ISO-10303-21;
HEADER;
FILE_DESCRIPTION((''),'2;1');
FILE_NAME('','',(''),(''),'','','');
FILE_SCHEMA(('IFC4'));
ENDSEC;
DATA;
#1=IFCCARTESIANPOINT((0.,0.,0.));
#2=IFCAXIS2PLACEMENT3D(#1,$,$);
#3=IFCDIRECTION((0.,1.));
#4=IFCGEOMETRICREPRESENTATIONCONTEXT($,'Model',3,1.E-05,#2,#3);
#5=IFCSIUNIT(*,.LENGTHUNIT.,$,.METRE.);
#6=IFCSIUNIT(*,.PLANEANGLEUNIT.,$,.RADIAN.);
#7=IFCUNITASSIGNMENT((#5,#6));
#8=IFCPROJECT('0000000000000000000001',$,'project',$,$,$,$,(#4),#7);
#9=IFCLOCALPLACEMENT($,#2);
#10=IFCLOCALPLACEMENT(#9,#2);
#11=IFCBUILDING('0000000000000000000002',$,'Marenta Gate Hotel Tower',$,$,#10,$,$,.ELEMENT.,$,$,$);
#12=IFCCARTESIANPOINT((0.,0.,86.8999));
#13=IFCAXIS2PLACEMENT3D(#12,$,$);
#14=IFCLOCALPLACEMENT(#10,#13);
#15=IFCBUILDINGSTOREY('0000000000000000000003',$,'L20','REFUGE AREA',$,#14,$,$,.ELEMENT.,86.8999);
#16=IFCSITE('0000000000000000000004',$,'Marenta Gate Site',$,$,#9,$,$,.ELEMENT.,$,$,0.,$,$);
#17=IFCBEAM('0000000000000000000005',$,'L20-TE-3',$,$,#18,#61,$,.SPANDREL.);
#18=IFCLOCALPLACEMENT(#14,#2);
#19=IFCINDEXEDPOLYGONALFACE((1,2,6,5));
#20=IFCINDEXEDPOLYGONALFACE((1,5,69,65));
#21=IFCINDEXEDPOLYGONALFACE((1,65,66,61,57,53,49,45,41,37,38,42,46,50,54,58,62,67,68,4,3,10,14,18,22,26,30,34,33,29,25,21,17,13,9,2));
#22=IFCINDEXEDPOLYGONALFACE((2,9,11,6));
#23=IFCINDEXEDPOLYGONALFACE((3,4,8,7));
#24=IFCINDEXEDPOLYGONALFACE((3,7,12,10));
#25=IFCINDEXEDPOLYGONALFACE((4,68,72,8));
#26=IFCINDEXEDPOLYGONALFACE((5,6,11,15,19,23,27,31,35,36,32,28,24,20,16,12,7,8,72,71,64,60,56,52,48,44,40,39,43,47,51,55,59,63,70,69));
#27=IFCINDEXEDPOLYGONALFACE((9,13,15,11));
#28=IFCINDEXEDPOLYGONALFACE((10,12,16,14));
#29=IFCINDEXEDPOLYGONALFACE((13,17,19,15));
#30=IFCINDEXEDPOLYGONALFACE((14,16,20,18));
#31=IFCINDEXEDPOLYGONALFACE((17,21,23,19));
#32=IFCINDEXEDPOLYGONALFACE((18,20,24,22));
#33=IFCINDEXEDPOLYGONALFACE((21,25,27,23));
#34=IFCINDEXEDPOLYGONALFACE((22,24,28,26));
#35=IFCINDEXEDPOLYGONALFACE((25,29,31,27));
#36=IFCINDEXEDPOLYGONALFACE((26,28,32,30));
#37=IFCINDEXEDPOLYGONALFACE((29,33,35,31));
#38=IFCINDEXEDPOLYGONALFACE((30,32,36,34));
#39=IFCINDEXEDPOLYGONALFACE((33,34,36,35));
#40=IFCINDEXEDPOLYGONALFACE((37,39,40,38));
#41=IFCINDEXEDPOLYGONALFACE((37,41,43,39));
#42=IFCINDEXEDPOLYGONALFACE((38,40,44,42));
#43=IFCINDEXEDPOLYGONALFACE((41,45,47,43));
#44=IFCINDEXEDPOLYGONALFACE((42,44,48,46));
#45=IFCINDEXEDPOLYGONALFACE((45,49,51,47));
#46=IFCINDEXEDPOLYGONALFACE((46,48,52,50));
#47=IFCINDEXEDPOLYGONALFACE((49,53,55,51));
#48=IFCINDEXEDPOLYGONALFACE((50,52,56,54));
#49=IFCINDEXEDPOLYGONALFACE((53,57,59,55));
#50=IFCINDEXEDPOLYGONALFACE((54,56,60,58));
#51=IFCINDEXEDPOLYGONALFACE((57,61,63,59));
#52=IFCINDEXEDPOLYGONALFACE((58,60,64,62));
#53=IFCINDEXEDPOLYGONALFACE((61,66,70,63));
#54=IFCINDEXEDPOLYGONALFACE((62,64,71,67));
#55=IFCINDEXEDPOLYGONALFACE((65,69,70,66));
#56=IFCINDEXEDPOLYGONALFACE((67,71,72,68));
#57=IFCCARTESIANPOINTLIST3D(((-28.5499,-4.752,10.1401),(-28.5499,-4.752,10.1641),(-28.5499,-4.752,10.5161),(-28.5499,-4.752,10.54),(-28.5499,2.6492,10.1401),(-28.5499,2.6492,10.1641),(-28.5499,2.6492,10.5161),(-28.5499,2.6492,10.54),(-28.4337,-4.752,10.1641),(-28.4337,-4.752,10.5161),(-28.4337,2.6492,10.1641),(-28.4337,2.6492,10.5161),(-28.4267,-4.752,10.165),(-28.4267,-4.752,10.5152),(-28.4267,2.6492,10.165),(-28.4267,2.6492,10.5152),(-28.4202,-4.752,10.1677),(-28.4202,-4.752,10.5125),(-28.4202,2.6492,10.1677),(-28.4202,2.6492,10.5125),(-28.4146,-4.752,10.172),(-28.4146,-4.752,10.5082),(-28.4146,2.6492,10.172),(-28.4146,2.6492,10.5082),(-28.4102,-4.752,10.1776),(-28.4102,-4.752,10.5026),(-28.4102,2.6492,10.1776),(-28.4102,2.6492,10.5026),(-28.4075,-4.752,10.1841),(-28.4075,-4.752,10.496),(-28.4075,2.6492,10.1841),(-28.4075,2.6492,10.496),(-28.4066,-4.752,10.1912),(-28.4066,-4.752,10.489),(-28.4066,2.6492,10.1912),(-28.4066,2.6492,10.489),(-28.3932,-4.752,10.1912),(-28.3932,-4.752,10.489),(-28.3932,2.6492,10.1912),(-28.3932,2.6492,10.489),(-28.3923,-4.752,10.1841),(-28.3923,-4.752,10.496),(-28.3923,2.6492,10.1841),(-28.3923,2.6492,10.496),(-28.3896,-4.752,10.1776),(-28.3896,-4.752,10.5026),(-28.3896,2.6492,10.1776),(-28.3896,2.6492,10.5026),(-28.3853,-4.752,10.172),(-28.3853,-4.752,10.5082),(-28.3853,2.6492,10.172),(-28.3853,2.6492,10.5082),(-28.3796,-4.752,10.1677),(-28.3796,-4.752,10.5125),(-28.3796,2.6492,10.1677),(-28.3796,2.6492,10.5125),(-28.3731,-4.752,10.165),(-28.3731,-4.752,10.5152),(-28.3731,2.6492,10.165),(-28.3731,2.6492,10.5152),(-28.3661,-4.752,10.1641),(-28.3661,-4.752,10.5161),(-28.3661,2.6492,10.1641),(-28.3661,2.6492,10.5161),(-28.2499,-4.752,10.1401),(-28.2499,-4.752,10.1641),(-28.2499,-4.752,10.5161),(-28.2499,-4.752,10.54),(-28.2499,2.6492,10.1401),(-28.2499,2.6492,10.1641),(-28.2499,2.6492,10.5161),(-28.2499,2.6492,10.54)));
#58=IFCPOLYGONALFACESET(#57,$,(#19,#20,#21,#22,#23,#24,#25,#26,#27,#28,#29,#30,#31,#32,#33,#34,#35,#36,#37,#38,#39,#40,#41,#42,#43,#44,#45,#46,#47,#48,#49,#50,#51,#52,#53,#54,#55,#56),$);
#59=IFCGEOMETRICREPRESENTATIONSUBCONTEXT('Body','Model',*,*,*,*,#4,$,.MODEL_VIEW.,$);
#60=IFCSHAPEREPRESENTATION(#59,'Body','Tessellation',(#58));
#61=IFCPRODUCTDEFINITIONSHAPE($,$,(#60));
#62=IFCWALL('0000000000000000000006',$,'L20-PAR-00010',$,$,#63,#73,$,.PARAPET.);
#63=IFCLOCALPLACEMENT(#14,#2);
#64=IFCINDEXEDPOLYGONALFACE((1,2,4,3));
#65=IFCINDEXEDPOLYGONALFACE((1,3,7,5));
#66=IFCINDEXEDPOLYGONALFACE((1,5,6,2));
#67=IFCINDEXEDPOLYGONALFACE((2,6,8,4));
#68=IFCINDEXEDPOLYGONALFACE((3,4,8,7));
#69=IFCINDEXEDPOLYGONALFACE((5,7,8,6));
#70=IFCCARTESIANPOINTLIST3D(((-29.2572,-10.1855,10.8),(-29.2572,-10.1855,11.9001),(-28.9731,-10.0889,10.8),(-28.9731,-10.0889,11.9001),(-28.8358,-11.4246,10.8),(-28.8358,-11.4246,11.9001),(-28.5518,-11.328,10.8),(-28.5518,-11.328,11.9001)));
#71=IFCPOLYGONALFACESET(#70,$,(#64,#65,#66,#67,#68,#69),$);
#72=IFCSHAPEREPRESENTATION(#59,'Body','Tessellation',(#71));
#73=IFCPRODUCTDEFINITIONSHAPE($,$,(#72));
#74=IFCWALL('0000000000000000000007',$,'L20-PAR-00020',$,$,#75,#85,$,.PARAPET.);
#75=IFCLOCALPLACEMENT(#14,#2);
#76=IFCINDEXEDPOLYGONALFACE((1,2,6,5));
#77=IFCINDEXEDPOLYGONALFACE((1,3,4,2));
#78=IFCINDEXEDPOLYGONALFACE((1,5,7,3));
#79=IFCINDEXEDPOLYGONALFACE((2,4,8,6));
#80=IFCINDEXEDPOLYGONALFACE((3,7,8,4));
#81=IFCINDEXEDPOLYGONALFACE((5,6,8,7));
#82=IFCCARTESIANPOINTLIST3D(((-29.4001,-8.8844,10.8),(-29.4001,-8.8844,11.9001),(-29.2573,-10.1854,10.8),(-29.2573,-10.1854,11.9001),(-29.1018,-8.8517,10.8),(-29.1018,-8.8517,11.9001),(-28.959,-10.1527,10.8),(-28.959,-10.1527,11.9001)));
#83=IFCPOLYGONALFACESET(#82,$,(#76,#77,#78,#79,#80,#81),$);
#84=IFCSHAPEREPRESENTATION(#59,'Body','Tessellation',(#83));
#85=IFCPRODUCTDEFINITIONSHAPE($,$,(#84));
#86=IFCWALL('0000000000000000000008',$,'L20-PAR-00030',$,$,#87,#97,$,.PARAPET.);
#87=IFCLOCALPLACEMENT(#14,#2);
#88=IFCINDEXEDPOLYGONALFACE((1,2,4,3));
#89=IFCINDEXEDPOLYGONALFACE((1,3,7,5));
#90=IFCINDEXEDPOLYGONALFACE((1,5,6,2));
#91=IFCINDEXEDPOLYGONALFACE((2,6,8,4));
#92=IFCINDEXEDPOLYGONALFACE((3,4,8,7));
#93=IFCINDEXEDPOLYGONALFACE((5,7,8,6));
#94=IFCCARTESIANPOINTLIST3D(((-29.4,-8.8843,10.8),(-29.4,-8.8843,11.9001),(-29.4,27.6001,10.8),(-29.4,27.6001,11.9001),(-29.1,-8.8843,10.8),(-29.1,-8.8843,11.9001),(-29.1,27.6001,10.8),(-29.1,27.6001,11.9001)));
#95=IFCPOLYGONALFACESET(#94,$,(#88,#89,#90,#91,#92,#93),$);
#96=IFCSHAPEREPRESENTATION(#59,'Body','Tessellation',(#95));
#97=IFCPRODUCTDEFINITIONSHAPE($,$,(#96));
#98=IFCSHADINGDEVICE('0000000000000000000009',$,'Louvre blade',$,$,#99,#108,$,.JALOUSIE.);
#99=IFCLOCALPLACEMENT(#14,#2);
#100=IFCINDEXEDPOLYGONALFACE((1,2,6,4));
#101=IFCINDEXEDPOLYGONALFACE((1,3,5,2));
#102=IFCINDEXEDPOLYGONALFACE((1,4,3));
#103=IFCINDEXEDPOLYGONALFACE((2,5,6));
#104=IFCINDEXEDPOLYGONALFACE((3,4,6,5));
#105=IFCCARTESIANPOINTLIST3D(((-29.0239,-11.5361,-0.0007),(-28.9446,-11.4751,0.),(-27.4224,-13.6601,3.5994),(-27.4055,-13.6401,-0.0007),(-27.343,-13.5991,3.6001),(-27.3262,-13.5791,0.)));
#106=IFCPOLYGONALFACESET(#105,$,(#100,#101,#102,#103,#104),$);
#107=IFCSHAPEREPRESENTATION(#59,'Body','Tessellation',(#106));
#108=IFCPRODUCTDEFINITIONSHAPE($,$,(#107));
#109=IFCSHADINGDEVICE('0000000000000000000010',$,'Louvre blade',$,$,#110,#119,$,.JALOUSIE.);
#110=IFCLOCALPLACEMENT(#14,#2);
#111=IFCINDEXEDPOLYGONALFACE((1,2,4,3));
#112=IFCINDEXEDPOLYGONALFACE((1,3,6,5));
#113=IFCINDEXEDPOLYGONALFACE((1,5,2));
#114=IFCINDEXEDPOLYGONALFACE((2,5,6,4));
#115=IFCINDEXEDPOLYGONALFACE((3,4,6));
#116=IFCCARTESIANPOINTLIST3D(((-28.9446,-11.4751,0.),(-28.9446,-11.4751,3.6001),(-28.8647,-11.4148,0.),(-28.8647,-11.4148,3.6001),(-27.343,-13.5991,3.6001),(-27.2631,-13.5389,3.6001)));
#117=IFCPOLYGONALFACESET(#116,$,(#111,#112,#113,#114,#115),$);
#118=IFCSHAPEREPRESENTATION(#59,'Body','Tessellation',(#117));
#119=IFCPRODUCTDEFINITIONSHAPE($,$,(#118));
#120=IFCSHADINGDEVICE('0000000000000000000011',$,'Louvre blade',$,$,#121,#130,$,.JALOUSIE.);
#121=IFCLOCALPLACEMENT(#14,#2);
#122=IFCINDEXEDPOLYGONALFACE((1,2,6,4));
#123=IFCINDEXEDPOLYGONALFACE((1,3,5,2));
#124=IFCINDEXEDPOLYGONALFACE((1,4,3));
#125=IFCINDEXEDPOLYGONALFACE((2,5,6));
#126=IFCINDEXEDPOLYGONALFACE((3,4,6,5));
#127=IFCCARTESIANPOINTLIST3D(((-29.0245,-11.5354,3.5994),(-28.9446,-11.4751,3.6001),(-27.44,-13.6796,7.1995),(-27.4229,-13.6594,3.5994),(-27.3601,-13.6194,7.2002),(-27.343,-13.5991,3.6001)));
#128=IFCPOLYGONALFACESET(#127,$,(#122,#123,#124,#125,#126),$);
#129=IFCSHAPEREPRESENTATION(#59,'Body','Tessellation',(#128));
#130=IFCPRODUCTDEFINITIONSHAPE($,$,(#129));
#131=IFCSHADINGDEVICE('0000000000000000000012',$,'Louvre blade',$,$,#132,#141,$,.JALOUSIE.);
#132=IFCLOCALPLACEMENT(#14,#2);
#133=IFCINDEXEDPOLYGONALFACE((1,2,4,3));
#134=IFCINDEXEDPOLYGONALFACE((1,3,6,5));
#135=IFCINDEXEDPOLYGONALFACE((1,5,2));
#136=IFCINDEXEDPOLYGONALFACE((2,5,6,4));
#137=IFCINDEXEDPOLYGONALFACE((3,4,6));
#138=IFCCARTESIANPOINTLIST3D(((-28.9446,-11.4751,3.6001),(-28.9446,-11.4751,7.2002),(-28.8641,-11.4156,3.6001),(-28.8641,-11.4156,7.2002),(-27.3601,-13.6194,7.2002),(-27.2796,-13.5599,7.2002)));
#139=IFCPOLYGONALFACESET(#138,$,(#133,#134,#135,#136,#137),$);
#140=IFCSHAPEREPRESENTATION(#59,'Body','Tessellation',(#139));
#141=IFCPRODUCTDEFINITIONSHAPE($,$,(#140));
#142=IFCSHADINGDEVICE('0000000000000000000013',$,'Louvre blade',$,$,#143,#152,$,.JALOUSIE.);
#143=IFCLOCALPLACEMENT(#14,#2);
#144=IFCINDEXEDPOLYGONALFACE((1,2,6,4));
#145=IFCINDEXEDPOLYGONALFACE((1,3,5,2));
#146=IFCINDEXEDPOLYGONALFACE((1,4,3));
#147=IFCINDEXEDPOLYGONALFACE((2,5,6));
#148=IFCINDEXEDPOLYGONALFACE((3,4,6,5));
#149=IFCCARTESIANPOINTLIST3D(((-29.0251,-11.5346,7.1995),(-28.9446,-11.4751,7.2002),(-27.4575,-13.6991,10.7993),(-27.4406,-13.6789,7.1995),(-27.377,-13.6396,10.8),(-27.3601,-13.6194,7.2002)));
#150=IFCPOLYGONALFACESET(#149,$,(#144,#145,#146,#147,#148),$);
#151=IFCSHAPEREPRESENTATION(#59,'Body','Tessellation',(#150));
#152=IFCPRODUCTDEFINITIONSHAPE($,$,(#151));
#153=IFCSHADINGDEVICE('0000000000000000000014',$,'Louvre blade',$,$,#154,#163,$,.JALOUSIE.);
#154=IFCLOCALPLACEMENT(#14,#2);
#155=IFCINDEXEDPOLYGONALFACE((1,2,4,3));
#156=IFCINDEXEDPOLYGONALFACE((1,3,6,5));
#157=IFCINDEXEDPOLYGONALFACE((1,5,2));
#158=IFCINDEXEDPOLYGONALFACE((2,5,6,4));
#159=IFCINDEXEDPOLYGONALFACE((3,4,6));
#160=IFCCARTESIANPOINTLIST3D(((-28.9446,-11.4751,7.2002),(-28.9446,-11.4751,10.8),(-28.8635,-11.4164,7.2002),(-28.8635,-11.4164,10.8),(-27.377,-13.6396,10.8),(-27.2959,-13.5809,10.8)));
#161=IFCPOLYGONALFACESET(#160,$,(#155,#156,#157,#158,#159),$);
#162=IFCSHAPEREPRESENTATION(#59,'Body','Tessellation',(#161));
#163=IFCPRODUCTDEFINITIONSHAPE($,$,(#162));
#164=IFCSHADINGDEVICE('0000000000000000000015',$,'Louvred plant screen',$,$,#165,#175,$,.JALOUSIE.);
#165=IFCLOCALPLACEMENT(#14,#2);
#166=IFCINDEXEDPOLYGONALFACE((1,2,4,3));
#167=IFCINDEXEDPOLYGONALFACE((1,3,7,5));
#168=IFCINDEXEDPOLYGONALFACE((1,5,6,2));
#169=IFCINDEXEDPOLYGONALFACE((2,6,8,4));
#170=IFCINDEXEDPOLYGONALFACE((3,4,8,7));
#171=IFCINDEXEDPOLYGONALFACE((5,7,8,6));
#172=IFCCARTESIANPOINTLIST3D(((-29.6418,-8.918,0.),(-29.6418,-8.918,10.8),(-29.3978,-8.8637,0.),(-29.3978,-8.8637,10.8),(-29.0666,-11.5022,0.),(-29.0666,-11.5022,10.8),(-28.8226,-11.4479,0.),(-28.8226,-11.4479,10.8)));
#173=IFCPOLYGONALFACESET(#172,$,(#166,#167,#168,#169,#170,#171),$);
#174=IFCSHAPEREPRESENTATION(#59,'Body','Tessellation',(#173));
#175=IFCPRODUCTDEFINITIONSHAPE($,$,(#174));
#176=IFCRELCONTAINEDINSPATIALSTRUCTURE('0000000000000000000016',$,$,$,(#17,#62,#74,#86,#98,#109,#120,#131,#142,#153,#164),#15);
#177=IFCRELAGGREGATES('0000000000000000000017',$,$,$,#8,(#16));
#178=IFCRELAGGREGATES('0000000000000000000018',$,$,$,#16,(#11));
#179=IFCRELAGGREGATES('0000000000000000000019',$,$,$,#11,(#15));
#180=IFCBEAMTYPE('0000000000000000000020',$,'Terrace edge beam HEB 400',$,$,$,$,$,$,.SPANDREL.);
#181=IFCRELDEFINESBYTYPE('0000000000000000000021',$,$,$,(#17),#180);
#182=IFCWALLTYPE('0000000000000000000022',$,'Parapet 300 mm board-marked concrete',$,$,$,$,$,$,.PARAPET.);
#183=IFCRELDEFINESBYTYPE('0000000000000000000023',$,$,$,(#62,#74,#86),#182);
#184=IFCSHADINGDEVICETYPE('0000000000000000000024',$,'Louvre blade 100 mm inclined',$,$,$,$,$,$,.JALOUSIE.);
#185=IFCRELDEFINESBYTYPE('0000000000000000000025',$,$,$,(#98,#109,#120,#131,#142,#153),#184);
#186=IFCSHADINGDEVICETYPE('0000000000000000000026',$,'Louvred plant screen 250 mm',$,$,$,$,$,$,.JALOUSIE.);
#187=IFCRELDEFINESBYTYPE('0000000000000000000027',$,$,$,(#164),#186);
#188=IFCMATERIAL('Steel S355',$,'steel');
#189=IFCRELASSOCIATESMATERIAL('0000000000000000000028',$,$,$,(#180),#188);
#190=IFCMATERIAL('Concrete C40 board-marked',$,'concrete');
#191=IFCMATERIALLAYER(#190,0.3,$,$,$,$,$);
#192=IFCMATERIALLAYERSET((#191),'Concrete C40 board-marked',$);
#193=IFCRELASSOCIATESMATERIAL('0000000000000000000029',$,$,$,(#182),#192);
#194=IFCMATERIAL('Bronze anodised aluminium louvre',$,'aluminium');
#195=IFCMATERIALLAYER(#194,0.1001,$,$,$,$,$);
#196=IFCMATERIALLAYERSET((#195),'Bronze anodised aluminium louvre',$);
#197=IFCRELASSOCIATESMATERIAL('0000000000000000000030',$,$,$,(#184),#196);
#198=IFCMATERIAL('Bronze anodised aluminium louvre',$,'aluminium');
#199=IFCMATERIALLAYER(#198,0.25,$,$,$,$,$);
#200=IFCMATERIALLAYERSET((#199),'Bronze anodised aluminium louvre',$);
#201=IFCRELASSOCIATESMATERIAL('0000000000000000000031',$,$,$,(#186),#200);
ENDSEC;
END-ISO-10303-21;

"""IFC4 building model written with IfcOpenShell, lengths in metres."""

from ifc_helpers import new_model, si_unit, direction, frame, frame_2d, origin, origin_2d, place, context, subcontext, project, spatial, polyline, rectangle, i_section, outline, extrude, material, layer, layer_set, material_profile, profile_set, type_object, element, save


model = new_model("IFC4")

# Units and contexts
model_context = context("Model", 3, precision=1e-05, world=origin(), true_north=direction((0.0, 1.0)))
body_context = subcontext(model_context, "Body", "Model", "MODEL_VIEW")
ifc_project = project(units=[si_unit("LENGTHUNIT", "METRE"), si_unit("PLANEANGLEUNIT", "RADIAN")], contexts=[model_context])

# Site, building, storey
site_placement = place(None, origin())
site = spatial("IfcSite", under=ifc_project, at=site_placement, Name="Marenta Gate Site", CompositionType="ELEMENT", RefElevation=0.0)
building_placement = place(site_placement, origin())
building = spatial("IfcBuilding", under=site, at=building_placement, Name="Marenta Gate Hotel Tower", CompositionType="ELEMENT")
storey_placement = place(building_placement, frame((0.0, 0.0, 86.8999)))
storey = spatial("IfcBuildingStorey", under=building, at=storey_placement, Name="L20", Description="REFUGE AREA", CompositionType="ELEMENT", Elevation=86.8999)

# Beam
ifc_material_1 = material(Name="Steel S355", Category="steel")
ifc_material_profile_1 = material_profile(ifc_material_1, i_section(OverallWidth=0.3, OverallDepth=0.3999, WebThickness=0.0134, FlangeThickness=0.0239, FilletRadius=0.0271, at=origin_2d()), Name="HEB 400")
ifc_profile_set_1 = profile_set([ifc_material_profile_1], Name="Steel S355")
beam_type_1 = type_object("IfcBeamType", Name="Terrace edge beam HEB 400", PredefinedType="SPANDREL", material=ifc_profile_set_1)
beam_1_placement = place(storey_placement, frame((-28.3999, -4.752, 10.3401), z_axis=(0.0, 1.0, 0.0), x_axis=(-1.0, 0.0, 0.0)))
element("IfcBeam", 1, at=beam_1_placement, inside=storey, type_object=beam_type_1, Name="L20-TE-3", PredefinedType="SPANDREL", context=body_context, shape_type="SweptSolid", body=[
    extrude(i_section(OverallWidth=0.3, OverallDepth=0.3999, WebThickness=0.0134, FlangeThickness=0.0239, FilletRadius=0.0271, at=origin_2d()), origin(), (0.0, 0.0, 1.0), 7.4011),
])

# Walls
ifc_material_2 = material(Name="Concrete C40 board-marked", Category="concrete")
ifc_layer_1 = layer(ifc_material_2, 0.3)
ifc_layer_set_1 = layer_set([ifc_layer_1], Name="Concrete C40 board-marked")
wall_type = type_object("IfcWallType", Name="Parapet 300 mm board-marked concrete", PredefinedType="PARAPET", material=ifc_layer_set_1)
for number, where, z_axis, x_axis, name in (
    (2, (-28.6938, -11.3762, 10.8), (0.0, 0.0, 1.0), (-0.321929, 0.946764, 0.0), "L20-PAR-00010"),
    (3, (-29.1082, -10.1689, 10.8), (0.0, 0.0, 1.0), (-0.109121, 0.994028, 0.0), "L20-PAR-00020"),
):
    element("IfcWall", number, at=place(storey_placement, frame(where, z_axis=z_axis, x_axis=x_axis)), inside=storey, type_object=wall_type, Name=name, PredefinedType="PARAPET", context=body_context, shape_type="SweptSolid", body=[
        extrude(rectangle(XDim=1.3088, YDim=0.3, at=frame_2d((0.6543, 0.0))), origin(), (0.0, 0.0, 1.0), 1.1001),
    ])
wall_placement = place(storey_placement, frame((-29.25, -8.8843, 10.8), z_axis=(0.0, 0.0, 1.0), x_axis=(0.0, 1.0, 0.0)))
element("IfcWall", 4, at=wall_placement, inside=storey, type_object=wall_type, Name="L20-PAR-00030", PredefinedType="PARAPET", context=body_context, shape_type="SweptSolid", body=[
    extrude(rectangle(XDim=36.4844, YDim=0.3, at=frame_2d((18.2422, 0.0))), origin(), (0.0, 0.0, 1.0), 1.1001),
])

# Shading devices
ifc_material_3 = material(Name="Bronze anodised aluminium louvre", Category="aluminium")
ifc_layer_2 = layer(ifc_material_3, 0.1001)
ifc_layer_set_2 = layer_set([ifc_layer_2], Name="Bronze anodised aluminium louvre")
shading_device_type_1 = type_object("IfcShadingDeviceType", Name="Louvre blade 100 mm inclined", PredefinedType="JALOUSIE", material=ifc_layer_set_2)
shading_device_1_placement = place(storey_placement, frame((-28.9446, -11.4751, 0.0), z_axis=(0.792614, 0.609682, 0.007099), x_axis=(0.609697, -0.792634, 0.0)))
element("IfcShadingDevice", 5, at=shading_device_1_placement, inside=storey, type_object=shading_device_type_1, Name="Louvre blade", PredefinedType="JALOUSIE", context=body_context, shape_type="SweptSolid", body=[
    extrude(outline(polyline([(0.0, 0.0), (2.6544, 0.0), (2.66, -3.6002), (0.0, 0.0)])), origin(), (0.0, 0.0, -1.0), 0.1001),
])
shading_device_2_placement = place(storey_placement, frame((-28.9446, -11.4751, 0.0), z_axis=(-0.798456, -0.602054, 0.0), x_axis=(0.357788, -0.474505, 0.804259)))
element("IfcShadingDevice", 6, at=shading_device_2_placement, inside=storey, type_object=shading_device_type_1, Name="Louvre blade", PredefinedType="JALOUSIE", context=body_context, shape_type="SweptSolid", body=[
    extrude(outline(polyline([(0.0, 0.0), (4.4763, 0.0), (2.8954, 2.1395), (0.0, 0.0)])), origin(), (0.0, 0.0, -1.0), 0.1001),
])
shading_device_3_placement = place(storey_placement, frame((-28.9446, -11.4751, 3.6001), z_axis=(0.798435, 0.602038, 0.007179), x_axis=(0.602054, -0.798456, 0.0)))
element("IfcShadingDevice", 7, at=shading_device_3_placement, inside=storey, type_object=shading_device_type_1, Name="Louvre blade", PredefinedType="JALOUSIE", context=body_context, shape_type="SweptSolid", body=[
    extrude(outline(polyline([(0.0, 0.0), (2.6602, 0.0), (2.6661, -3.6002), (0.0, 0.0)])), origin(), (0.0, 0.0, -1.0), 0.1001),
])
shading_device_4_placement = place(storey_placement, frame((-28.9446, -11.4751, 3.6001), z_axis=(-0.804254, -0.594285, 0.0), x_axis=(0.353687, -0.47865, 0.803617)))
element("IfcShadingDevice", 8, at=shading_device_4_placement, inside=storey, type_object=shading_device_type_1, Name="Louvre blade", PredefinedType="JALOUSIE", context=body_context, shape_type="SweptSolid", body=[
    extrude(outline(polyline([(0.0, 0.0), (4.4799, 0.0), (2.8931, 2.1426), (0.0, 0.0)])), origin(), (0.0, 0.0, -1.0), 0.1001),
])
shading_device_5_placement = place(storey_placement, frame((-28.9446, -11.4751, 7.2002), z_axis=(0.804234, 0.59427, 0.007109), x_axis=(0.594285, -0.804254, 0.0)))
element("IfcShadingDevice", 9, at=shading_device_5_placement, inside=storey, type_object=shading_device_type_1, Name="Louvre blade", PredefinedType="JALOUSIE", context=body_context, shape_type="SweptSolid", body=[
    extrude(outline(polyline([(0.0, 0.0), (2.6662, 0.0), (2.6725, -3.5999), (0.0, 0.0)])), origin(), (0.0, 0.0, -1.0), 0.1001),
])
shading_device_6_placement = place(storey_placement, frame((-28.9446, -11.4751, 7.2002), z_axis=(-0.809908, -0.586557, 0.0), x_axis=(0.349644, -0.482783, 0.802913)))
element("IfcShadingDevice", 10, at=shading_device_6_placement, inside=storey, type_object=shading_device_type_1, Name="Louvre blade", PredefinedType="JALOUSIE", context=body_context, shape_type="SweptSolid", body=[
    extrude(outline(polyline([(0.0, 0.0), (4.4835, 0.0), (2.8904, 2.1459), (0.0, 0.0)])), origin(), (0.0, 0.0, -1.0), 0.1001),
])
ifc_material_4 = material(Name="Bronze anodised aluminium louvre", Category="aluminium")
ifc_layer_3 = layer(ifc_material_4, 0.25)
ifc_layer_set_3 = layer_set([ifc_layer_3], Name="Bronze anodised aluminium louvre")
shading_device_type_2 = type_object("IfcShadingDeviceType", Name="Louvred plant screen 250 mm", PredefinedType="JALOUSIE", material=ifc_layer_set_3)
shading_device_7_placement = place(storey_placement, frame((-29.5198, -8.8909, 0.0), z_axis=(0.0, 0.0, 1.0), x_axis=(0.217262, -0.976113, 0.0)))
element("IfcShadingDevice", 11, at=shading_device_7_placement, inside=storey, type_object=shading_device_type_2, Name="Louvred plant screen", PredefinedType="JALOUSIE", context=body_context, shape_type="SweptSolid", body=[
    extrude(rectangle(XDim=2.6475, YDim=0.25, at=frame_2d((1.3237, 0.0))), origin(), (0.0, 0.0, 1.0), 10.8),
])

save(model, "model.ifc")
